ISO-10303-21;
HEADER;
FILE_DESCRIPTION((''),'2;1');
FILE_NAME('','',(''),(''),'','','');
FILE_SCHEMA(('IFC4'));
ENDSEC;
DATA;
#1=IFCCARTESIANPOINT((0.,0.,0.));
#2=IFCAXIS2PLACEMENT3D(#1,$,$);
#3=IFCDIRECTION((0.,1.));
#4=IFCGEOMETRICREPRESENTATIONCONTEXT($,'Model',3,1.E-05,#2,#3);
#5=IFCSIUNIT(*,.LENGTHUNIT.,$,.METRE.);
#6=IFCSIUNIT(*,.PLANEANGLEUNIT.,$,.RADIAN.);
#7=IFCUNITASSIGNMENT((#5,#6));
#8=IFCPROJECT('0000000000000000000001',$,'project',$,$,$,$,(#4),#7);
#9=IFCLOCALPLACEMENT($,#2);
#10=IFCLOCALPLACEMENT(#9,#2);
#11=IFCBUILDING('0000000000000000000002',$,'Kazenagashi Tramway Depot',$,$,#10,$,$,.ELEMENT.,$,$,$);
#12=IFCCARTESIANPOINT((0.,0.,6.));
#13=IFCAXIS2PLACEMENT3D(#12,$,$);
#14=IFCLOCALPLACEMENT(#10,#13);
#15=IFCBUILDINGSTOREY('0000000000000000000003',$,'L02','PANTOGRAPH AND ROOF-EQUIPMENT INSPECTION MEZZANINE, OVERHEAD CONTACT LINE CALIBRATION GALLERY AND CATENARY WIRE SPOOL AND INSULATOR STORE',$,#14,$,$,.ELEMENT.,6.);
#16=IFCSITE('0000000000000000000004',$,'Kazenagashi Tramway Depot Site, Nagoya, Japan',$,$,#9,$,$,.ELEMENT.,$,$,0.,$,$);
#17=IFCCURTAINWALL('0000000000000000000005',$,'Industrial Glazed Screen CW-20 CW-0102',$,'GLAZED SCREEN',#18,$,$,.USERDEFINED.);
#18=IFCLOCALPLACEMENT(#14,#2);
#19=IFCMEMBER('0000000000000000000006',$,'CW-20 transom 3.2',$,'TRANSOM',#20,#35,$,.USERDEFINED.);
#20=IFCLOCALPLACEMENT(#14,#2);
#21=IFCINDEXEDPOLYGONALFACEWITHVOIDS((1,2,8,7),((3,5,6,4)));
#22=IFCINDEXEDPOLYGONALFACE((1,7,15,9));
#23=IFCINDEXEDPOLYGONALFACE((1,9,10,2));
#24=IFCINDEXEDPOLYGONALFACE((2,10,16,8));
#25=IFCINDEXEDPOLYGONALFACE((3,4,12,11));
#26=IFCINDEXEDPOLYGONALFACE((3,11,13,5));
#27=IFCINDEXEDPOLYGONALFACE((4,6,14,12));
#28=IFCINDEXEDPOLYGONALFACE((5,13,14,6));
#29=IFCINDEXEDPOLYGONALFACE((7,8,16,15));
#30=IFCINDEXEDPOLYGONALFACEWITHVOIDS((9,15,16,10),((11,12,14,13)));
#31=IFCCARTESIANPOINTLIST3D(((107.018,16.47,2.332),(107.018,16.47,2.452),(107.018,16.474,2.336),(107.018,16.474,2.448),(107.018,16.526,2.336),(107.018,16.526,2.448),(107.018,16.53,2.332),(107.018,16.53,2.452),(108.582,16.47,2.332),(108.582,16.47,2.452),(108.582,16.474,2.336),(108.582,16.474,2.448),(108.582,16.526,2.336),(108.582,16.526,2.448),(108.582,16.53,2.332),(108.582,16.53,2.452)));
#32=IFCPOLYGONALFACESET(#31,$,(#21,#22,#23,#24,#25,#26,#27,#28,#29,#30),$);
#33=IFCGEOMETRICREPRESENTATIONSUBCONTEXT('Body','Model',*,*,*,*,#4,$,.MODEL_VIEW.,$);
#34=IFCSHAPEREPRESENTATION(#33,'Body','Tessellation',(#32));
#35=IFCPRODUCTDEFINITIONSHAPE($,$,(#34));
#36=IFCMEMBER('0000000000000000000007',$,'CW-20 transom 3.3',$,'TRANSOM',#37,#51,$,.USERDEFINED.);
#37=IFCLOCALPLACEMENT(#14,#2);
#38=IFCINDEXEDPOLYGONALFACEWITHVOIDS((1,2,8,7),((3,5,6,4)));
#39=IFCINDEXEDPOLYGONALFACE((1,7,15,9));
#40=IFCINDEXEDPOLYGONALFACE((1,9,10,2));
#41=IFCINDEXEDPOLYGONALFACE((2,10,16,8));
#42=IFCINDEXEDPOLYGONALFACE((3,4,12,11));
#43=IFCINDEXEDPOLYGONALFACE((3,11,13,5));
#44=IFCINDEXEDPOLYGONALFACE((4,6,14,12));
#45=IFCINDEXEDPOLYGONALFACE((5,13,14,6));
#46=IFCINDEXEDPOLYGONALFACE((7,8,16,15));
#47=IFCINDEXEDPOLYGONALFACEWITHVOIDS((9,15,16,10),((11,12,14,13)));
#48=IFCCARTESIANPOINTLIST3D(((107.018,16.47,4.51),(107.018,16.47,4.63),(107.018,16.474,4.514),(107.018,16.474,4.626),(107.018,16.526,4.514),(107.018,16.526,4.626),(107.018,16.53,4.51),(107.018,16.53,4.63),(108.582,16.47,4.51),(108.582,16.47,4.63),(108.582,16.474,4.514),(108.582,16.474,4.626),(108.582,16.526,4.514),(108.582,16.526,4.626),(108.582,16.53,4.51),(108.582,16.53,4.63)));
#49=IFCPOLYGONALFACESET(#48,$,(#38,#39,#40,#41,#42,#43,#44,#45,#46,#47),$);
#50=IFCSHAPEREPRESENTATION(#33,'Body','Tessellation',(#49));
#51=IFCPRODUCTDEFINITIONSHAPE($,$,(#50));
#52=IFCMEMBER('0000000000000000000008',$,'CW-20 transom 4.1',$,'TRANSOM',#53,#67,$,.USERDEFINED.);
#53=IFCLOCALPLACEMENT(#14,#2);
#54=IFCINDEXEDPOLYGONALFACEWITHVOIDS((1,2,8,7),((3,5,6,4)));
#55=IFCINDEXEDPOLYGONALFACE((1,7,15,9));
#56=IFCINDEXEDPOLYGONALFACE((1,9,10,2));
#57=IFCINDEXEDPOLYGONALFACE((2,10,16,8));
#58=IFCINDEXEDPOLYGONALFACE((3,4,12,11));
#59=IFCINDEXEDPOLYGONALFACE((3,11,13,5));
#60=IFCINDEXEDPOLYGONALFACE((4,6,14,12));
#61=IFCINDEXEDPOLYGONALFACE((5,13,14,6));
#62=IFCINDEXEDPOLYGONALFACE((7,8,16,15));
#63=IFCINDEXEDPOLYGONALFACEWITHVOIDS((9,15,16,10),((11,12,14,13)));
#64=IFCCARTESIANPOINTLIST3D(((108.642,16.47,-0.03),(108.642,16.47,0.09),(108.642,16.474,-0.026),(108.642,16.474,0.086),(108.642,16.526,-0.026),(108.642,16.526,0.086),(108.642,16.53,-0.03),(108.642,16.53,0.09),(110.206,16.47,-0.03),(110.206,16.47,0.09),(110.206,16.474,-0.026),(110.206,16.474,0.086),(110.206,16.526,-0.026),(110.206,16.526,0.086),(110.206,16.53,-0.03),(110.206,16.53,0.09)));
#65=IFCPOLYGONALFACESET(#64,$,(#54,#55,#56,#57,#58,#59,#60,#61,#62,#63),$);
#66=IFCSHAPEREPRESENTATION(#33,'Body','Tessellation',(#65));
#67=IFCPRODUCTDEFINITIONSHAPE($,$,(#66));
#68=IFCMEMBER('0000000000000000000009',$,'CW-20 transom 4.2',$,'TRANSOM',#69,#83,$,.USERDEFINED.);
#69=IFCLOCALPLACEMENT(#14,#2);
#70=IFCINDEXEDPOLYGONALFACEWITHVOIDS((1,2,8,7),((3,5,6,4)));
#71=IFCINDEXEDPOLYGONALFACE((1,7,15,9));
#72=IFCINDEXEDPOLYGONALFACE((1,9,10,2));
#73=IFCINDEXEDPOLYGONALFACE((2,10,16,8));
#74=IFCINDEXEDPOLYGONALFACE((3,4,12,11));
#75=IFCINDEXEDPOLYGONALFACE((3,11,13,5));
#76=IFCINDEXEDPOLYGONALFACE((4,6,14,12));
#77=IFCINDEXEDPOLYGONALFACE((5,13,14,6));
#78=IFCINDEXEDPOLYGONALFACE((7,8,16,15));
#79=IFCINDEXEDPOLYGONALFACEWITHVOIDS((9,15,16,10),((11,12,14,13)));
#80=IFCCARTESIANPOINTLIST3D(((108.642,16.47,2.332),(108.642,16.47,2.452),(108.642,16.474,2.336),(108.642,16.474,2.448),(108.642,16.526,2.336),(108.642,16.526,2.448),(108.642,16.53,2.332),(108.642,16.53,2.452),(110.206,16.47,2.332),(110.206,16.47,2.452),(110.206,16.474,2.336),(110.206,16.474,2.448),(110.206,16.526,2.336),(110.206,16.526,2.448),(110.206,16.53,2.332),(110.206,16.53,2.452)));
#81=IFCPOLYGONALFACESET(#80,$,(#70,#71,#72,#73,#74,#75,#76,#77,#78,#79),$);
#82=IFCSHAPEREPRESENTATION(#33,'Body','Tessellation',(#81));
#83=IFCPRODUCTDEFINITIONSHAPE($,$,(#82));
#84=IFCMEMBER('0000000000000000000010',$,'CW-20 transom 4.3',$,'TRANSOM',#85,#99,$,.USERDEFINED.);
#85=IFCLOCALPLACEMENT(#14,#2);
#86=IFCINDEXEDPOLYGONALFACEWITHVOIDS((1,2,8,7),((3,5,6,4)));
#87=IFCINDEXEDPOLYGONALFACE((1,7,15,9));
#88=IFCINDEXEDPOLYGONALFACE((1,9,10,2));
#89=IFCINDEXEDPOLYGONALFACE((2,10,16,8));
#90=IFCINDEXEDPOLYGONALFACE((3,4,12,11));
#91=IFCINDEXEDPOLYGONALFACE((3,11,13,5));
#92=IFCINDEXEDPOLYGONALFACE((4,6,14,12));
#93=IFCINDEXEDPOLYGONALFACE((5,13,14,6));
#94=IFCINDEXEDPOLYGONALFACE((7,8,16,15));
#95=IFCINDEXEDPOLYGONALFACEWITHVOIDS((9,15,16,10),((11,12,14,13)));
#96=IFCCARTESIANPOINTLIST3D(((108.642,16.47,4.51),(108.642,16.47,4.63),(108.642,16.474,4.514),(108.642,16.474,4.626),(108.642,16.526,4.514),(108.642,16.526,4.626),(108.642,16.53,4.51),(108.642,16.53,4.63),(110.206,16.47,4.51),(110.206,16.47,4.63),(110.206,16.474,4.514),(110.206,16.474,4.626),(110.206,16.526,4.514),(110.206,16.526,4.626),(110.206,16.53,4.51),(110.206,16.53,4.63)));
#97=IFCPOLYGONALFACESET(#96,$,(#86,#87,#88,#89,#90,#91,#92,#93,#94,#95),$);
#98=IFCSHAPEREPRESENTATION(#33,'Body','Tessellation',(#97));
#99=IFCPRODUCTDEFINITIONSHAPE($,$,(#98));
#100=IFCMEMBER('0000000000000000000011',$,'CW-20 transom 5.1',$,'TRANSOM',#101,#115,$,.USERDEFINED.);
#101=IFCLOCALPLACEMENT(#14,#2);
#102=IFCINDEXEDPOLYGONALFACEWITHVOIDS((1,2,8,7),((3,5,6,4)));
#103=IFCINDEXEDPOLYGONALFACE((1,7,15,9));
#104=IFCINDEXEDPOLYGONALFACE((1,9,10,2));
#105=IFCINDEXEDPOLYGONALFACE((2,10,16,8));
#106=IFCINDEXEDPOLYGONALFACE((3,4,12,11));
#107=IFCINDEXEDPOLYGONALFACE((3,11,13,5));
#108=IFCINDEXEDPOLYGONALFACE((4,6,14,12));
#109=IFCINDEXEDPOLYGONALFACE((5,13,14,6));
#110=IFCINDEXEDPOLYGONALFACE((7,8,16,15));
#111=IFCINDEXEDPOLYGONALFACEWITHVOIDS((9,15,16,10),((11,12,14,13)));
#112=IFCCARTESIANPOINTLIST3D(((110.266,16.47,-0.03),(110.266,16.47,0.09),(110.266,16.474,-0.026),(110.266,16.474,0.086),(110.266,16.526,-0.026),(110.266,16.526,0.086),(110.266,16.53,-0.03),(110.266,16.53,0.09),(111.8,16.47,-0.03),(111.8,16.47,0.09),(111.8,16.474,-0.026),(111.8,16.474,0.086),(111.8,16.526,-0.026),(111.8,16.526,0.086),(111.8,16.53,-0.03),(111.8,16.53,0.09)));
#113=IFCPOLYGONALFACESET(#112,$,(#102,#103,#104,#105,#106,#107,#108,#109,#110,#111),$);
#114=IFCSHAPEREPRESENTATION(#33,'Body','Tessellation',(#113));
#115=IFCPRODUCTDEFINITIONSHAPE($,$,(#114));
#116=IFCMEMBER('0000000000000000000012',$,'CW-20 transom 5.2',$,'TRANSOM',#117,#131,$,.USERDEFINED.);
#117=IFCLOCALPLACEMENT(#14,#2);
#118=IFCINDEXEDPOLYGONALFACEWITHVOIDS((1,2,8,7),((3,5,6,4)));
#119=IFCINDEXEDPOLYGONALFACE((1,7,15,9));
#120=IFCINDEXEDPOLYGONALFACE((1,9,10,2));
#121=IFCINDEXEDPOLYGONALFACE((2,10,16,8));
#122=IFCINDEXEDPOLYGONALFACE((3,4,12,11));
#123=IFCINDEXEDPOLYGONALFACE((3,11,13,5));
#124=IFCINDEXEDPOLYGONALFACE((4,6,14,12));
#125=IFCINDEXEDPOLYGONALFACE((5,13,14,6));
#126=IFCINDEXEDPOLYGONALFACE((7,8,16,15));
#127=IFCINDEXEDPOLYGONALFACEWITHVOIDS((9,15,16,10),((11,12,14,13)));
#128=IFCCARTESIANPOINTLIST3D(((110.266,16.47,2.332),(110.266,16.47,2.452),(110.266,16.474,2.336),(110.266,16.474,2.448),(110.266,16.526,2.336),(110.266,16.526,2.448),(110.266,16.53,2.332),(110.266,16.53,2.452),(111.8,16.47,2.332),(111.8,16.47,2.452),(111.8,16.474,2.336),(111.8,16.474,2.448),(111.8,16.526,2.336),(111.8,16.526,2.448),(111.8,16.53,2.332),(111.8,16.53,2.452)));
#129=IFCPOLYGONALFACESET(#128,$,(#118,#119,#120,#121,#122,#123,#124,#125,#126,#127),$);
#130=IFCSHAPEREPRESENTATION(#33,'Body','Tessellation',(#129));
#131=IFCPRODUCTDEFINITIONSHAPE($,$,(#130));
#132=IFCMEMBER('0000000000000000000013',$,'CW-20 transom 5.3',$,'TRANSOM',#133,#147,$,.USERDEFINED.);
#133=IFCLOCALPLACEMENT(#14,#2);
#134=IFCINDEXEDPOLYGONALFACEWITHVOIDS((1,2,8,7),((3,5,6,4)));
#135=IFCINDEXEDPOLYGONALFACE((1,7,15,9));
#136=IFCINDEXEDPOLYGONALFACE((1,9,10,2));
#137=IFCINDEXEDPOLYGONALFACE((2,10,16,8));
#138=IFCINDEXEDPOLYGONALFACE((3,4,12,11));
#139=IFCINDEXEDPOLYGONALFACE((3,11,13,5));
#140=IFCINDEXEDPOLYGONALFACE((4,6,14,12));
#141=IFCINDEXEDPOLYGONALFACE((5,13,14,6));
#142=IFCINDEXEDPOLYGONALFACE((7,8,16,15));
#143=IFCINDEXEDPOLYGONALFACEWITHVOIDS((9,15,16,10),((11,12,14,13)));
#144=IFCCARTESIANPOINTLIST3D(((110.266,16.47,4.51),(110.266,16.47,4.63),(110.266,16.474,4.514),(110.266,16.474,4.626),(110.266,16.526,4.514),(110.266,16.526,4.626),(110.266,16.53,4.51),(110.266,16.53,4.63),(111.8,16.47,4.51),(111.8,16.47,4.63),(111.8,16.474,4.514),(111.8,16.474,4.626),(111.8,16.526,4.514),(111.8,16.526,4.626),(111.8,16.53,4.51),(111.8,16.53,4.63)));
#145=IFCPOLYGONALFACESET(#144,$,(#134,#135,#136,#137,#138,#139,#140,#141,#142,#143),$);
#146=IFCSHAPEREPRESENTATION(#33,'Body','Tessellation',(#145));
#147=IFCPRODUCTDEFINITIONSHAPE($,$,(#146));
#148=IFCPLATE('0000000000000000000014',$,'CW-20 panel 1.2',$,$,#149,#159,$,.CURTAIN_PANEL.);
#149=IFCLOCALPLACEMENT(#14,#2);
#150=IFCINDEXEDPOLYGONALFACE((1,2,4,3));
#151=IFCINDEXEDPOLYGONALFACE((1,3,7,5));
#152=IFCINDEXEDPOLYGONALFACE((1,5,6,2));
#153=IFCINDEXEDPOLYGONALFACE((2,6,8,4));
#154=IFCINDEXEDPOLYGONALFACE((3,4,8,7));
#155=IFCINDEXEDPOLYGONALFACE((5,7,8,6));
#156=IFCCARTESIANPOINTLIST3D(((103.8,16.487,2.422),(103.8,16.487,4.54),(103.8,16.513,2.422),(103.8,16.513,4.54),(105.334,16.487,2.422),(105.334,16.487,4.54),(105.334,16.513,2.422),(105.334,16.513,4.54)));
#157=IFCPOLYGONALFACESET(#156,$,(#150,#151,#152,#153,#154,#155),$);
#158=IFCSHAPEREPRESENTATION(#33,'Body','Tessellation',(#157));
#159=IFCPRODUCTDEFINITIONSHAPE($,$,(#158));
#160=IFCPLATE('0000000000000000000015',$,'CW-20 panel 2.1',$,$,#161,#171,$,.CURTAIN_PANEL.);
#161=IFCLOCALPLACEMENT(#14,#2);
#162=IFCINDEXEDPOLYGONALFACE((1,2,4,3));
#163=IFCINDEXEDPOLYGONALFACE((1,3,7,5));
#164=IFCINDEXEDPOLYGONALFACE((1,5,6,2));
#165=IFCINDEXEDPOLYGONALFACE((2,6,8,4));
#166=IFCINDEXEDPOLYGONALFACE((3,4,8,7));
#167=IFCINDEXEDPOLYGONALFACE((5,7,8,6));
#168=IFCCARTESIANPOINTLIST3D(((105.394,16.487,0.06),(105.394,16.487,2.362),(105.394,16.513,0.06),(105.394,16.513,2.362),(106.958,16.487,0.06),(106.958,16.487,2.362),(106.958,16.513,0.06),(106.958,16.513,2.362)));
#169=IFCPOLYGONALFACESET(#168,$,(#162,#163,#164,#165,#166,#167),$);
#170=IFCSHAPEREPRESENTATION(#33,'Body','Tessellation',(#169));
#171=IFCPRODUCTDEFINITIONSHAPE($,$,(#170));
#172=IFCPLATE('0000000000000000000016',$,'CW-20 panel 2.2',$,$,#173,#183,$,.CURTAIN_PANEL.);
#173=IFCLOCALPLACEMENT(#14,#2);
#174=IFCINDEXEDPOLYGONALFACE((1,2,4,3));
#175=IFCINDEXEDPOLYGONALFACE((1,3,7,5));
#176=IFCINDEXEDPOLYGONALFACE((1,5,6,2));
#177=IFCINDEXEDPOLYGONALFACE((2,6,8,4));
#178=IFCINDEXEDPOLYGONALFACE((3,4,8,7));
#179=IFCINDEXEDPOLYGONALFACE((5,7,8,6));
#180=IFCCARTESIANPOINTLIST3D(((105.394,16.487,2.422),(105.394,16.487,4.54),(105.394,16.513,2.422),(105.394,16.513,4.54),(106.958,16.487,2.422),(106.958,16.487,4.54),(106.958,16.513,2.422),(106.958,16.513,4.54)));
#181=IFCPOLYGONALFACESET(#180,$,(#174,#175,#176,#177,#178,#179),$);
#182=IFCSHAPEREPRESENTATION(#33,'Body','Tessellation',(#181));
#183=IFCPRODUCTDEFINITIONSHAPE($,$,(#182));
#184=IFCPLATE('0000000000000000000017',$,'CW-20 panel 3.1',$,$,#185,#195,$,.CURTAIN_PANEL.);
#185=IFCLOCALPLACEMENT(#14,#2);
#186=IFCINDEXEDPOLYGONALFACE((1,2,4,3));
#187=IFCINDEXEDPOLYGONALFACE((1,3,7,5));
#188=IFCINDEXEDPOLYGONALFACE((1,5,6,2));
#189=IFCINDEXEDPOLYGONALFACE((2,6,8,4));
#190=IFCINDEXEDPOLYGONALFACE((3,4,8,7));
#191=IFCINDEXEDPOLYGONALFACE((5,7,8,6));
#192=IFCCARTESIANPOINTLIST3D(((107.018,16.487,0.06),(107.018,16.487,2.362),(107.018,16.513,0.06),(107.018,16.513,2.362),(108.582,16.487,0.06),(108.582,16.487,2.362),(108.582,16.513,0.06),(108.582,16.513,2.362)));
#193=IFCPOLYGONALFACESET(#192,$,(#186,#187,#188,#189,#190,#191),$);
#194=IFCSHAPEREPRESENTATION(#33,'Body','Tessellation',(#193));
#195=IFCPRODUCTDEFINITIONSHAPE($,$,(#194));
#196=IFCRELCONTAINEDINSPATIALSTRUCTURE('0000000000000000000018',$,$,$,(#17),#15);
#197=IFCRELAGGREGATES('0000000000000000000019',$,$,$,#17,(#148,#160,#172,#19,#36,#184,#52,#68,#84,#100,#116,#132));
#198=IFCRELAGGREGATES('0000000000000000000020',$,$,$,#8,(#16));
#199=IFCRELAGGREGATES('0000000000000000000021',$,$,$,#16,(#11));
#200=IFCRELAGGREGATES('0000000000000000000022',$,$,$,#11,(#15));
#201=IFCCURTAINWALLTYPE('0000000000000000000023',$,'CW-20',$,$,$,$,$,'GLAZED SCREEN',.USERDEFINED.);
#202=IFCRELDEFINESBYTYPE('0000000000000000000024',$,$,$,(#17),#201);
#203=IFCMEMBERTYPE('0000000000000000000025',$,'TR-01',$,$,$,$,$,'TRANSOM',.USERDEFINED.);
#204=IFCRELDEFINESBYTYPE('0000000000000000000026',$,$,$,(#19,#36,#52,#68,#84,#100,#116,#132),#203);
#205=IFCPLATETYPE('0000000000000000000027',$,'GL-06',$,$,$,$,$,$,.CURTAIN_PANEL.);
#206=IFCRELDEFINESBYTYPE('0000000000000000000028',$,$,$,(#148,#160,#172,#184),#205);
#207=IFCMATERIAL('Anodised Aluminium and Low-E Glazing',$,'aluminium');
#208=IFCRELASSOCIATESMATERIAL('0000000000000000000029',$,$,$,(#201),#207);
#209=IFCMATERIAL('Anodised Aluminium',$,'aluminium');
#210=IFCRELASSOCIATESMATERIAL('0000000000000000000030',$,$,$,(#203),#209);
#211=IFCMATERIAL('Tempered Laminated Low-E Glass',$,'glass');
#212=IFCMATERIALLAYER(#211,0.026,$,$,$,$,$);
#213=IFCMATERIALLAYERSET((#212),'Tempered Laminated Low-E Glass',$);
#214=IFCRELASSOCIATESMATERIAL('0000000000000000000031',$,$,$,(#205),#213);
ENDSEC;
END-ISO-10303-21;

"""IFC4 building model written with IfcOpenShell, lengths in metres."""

from ifc_helpers import new_model, si_unit, direction, frame, origin, origin_2d, place, context, subcontext, project, spatial, rectangle, hollow_rectangle, extrude, material, layer, layer_set, material_profile, profile_set, type_object, element, aggregate, save


model = new_model("IFC4")

# Units and contexts
model_context = context("Model", 3, precision=1e-05, world=origin(), true_north=direction((0.0, 1.0)))
body_context = subcontext(model_context, "Body", "Model", "MODEL_VIEW")
ifc_project = project(units=[si_unit("LENGTHUNIT", "METRE"), si_unit("PLANEANGLEUNIT", "RADIAN")], contexts=[model_context])

# Site, building, storey
site_placement = place(None, origin())
site = spatial("IfcSite", under=ifc_project, at=site_placement, Name="Kazenagashi Tramway Depot Site, Nagoya, Japan", CompositionType="ELEMENT", RefElevation=0.0)
building_placement = place(site_placement, origin())
building = spatial("IfcBuilding", under=site, at=building_placement, Name="Kazenagashi Tramway Depot", CompositionType="ELEMENT")
storey_placement = place(building_placement, frame((0.0, 0.0, 6.0)))
storey = spatial("IfcBuildingStorey", under=building, at=storey_placement, Name="L02", Description="PANTOGRAPH AND ROOF-EQUIPMENT INSPECTION MEZZANINE, OVERHEAD CONTACT LINE CALIBRATION GALLERY AND CATENARY WIRE SPOOL AND INSULATOR STORE", CompositionType="ELEMENT", Elevation=6.0)

# Curtain wall
ifc_material_1 = material(Name="Anodised Aluminium and Low-E Glazing", Category="aluminium")
curtain_wall_type = type_object("IfcCurtainWallType", Name="CW-20", ElementType="GLAZED SCREEN", PredefinedType="USERDEFINED", material=ifc_material_1)
curtain_wall_placement = place(storey_placement, origin())
curtain_wall = element("IfcCurtainWall", 1, at=curtain_wall_placement, inside=storey, type_object=curtain_wall_type, Name="Industrial Glazed Screen CW-20 CW-0102", ObjectType="GLAZED SCREEN", PredefinedType="USERDEFINED")
ifc_material_2 = material(Name="Anodised Aluminium", Category="aluminium")

# Members
ifc_material_profile_1 = material_profile(ifc_material_2, hollow_rectangle(XDim=0.06, YDim=0.12, WallThickness=0.004, at=origin_2d()), Name="RHS-120x60x4")
ifc_profile_set_1 = profile_set([ifc_material_profile_1], Name="Anodised Aluminium")
member_type_1 = type_object("IfcMemberType", Name="TR-01", ElementType="TRANSOM", PredefinedType="USERDEFINED", material=ifc_profile_set_1)
member_1_placement = place(storey_placement, frame((107.018, 16.5, 2.392), z_axis=(1.0, 0.0, 0.0), x_axis=(0.0, 1.0, 0.0)))
member_1 = element("IfcMember", 2, at=member_1_placement, type_object=member_type_1, Name="CW-20 transom 3.2", ObjectType="TRANSOM", PredefinedType="USERDEFINED", context=body_context, shape_type="SweptSolid", body=[
    extrude(hollow_rectangle(XDim=0.06, YDim=0.12, WallThickness=0.004, at=origin_2d()), origin(), (0.0, 0.0, 1.0), 1.564),
])
member_2_placement = place(storey_placement, frame((107.018, 16.5, 4.57), z_axis=(1.0, 0.0, 0.0), x_axis=(0.0, 1.0, 0.0)))
member_2 = element("IfcMember", 3, at=member_2_placement, type_object=member_type_1, Name="CW-20 transom 3.3", ObjectType="TRANSOM", PredefinedType="USERDEFINED", context=body_context, shape_type="SweptSolid", body=[
    extrude(hollow_rectangle(XDim=0.06, YDim=0.12, WallThickness=0.004, at=origin_2d()), origin(), (0.0, 0.0, 1.0), 1.564),
])
member_3_placement = place(storey_placement, frame((108.642, 16.5, 0.03), z_axis=(1.0, 0.0, 0.0), x_axis=(0.0, 1.0, 0.0)))
member_3 = element("IfcMember", 4, at=member_3_placement, type_object=member_type_1, Name="CW-20 transom 4.1", ObjectType="TRANSOM", PredefinedType="USERDEFINED", context=body_context, shape_type="SweptSolid", body=[
    extrude(hollow_rectangle(XDim=0.06, YDim=0.12, WallThickness=0.004, at=origin_2d()), origin(), (0.0, 0.0, 1.0), 1.564),
])
member_4_placement = place(storey_placement, frame((108.642, 16.5, 2.392), z_axis=(1.0, 0.0, 0.0), x_axis=(0.0, 1.0, 0.0)))
member_4 = element("IfcMember", 5, at=member_4_placement, type_object=member_type_1, Name="CW-20 transom 4.2", ObjectType="TRANSOM", PredefinedType="USERDEFINED", context=body_context, shape_type="SweptSolid", body=[
    extrude(hollow_rectangle(XDim=0.06, YDim=0.12, WallThickness=0.004, at=origin_2d()), origin(), (0.0, 0.0, 1.0), 1.564),
])
member_5_placement = place(storey_placement, frame((108.642, 16.5, 4.57), z_axis=(1.0, 0.0, 0.0), x_axis=(0.0, 1.0, 0.0)))
member_5 = element("IfcMember", 6, at=member_5_placement, type_object=member_type_1, Name="CW-20 transom 4.3", ObjectType="TRANSOM", PredefinedType="USERDEFINED", context=body_context, shape_type="SweptSolid", body=[
    extrude(hollow_rectangle(XDim=0.06, YDim=0.12, WallThickness=0.004, at=origin_2d()), origin(), (0.0, 0.0, 1.0), 1.564),
])
member_6_placement = place(storey_placement, frame((110.266, 16.5, 0.03), z_axis=(1.0, 0.0, 0.0), x_axis=(0.0, 1.0, 0.0)))
member_6 = element("IfcMember", 7, at=member_6_placement, type_object=member_type_1, Name="CW-20 transom 5.1", ObjectType="TRANSOM", PredefinedType="USERDEFINED", context=body_context, shape_type="SweptSolid", body=[
    extrude(hollow_rectangle(XDim=0.06, YDim=0.12, WallThickness=0.004, at=origin_2d()), origin(), (0.0, 0.0, 1.0), 1.534),
])
member_7_placement = place(storey_placement, frame((110.266, 16.5, 2.392), z_axis=(1.0, 0.0, 0.0), x_axis=(0.0, 1.0, 0.0)))
member_7 = element("IfcMember", 8, at=member_7_placement, type_object=member_type_1, Name="CW-20 transom 5.2", ObjectType="TRANSOM", PredefinedType="USERDEFINED", context=body_context, shape_type="SweptSolid", body=[
    extrude(hollow_rectangle(XDim=0.06, YDim=0.12, WallThickness=0.004, at=origin_2d()), origin(), (0.0, 0.0, 1.0), 1.534),
])
member_8_placement = place(storey_placement, frame((110.266, 16.5, 4.57), z_axis=(1.0, 0.0, 0.0), x_axis=(0.0, 1.0, 0.0)))
member_8 = element("IfcMember", 9, at=member_8_placement, type_object=member_type_1, Name="CW-20 transom 5.3", ObjectType="TRANSOM", PredefinedType="USERDEFINED", context=body_context, shape_type="SweptSolid", body=[
    extrude(hollow_rectangle(XDim=0.06, YDim=0.12, WallThickness=0.004, at=origin_2d()), origin(), (0.0, 0.0, 1.0), 1.534),
])

# Plates
ifc_material_3 = material(Name="Tempered Laminated Low-E Glass", Category="glass")
ifc_layer_1 = layer(ifc_material_3, 0.026)
ifc_layer_set_1 = layer_set([ifc_layer_1], Name="Tempered Laminated Low-E Glass")
plate_type = type_object("IfcPlateType", Name="GL-06", PredefinedType="CURTAIN_PANEL", material=ifc_layer_set_1)
plate_1_placement = place(storey_placement, frame((104.567, 16.5, 2.422), z_axis=(0.0, 0.0, 1.0), x_axis=(1.0, 0.0, 0.0)))
plate_1 = element("IfcPlate", 10, at=plate_1_placement, type_object=plate_type, Name="CW-20 panel 1.2", PredefinedType="CURTAIN_PANEL", context=body_context, shape_type="SweptSolid", body=[
    extrude(rectangle(XDim=1.534, YDim=0.026, at=origin_2d()), origin(), (0.0, 0.0, 1.0), 2.118),
])
plate_2_placement = place(storey_placement, frame((106.176, 16.5, 0.06), z_axis=(0.0, 0.0, 1.0), x_axis=(1.0, 0.0, 0.0)))
plate_2 = element("IfcPlate", 11, at=plate_2_placement, type_object=plate_type, Name="CW-20 panel 2.1", PredefinedType="CURTAIN_PANEL", context=body_context, shape_type="SweptSolid", body=[
    extrude(rectangle(XDim=1.564, YDim=0.026, at=origin_2d()), origin(), (0.0, 0.0, 1.0), 2.302),
])
plate_3_placement = place(storey_placement, frame((106.176, 16.5, 2.422), z_axis=(0.0, 0.0, 1.0), x_axis=(1.0, 0.0, 0.0)))
plate_3 = element("IfcPlate", 12, at=plate_3_placement, type_object=plate_type, Name="CW-20 panel 2.2", PredefinedType="CURTAIN_PANEL", context=body_context, shape_type="SweptSolid", body=[
    extrude(rectangle(XDim=1.564, YDim=0.026, at=origin_2d()), origin(), (0.0, 0.0, 1.0), 2.118),
])
plate_4_placement = place(storey_placement, frame((107.8, 16.5, 0.06), z_axis=(0.0, 0.0, 1.0), x_axis=(1.0, 0.0, 0.0)))
plate_4 = element("IfcPlate", 13, at=plate_4_placement, type_object=plate_type, Name="CW-20 panel 3.1", PredefinedType="CURTAIN_PANEL", context=body_context, shape_type="SweptSolid", body=[
    extrude(rectangle(XDim=1.564, YDim=0.026, at=origin_2d()), origin(), (0.0, 0.0, 1.0), 2.302),
])
aggregate(curtain_wall, [plate_1, plate_2, plate_3, member_1, member_2, plate_4, member_3, member_4, member_5, member_6, member_7, member_8])

save(model, "model.ifc")
